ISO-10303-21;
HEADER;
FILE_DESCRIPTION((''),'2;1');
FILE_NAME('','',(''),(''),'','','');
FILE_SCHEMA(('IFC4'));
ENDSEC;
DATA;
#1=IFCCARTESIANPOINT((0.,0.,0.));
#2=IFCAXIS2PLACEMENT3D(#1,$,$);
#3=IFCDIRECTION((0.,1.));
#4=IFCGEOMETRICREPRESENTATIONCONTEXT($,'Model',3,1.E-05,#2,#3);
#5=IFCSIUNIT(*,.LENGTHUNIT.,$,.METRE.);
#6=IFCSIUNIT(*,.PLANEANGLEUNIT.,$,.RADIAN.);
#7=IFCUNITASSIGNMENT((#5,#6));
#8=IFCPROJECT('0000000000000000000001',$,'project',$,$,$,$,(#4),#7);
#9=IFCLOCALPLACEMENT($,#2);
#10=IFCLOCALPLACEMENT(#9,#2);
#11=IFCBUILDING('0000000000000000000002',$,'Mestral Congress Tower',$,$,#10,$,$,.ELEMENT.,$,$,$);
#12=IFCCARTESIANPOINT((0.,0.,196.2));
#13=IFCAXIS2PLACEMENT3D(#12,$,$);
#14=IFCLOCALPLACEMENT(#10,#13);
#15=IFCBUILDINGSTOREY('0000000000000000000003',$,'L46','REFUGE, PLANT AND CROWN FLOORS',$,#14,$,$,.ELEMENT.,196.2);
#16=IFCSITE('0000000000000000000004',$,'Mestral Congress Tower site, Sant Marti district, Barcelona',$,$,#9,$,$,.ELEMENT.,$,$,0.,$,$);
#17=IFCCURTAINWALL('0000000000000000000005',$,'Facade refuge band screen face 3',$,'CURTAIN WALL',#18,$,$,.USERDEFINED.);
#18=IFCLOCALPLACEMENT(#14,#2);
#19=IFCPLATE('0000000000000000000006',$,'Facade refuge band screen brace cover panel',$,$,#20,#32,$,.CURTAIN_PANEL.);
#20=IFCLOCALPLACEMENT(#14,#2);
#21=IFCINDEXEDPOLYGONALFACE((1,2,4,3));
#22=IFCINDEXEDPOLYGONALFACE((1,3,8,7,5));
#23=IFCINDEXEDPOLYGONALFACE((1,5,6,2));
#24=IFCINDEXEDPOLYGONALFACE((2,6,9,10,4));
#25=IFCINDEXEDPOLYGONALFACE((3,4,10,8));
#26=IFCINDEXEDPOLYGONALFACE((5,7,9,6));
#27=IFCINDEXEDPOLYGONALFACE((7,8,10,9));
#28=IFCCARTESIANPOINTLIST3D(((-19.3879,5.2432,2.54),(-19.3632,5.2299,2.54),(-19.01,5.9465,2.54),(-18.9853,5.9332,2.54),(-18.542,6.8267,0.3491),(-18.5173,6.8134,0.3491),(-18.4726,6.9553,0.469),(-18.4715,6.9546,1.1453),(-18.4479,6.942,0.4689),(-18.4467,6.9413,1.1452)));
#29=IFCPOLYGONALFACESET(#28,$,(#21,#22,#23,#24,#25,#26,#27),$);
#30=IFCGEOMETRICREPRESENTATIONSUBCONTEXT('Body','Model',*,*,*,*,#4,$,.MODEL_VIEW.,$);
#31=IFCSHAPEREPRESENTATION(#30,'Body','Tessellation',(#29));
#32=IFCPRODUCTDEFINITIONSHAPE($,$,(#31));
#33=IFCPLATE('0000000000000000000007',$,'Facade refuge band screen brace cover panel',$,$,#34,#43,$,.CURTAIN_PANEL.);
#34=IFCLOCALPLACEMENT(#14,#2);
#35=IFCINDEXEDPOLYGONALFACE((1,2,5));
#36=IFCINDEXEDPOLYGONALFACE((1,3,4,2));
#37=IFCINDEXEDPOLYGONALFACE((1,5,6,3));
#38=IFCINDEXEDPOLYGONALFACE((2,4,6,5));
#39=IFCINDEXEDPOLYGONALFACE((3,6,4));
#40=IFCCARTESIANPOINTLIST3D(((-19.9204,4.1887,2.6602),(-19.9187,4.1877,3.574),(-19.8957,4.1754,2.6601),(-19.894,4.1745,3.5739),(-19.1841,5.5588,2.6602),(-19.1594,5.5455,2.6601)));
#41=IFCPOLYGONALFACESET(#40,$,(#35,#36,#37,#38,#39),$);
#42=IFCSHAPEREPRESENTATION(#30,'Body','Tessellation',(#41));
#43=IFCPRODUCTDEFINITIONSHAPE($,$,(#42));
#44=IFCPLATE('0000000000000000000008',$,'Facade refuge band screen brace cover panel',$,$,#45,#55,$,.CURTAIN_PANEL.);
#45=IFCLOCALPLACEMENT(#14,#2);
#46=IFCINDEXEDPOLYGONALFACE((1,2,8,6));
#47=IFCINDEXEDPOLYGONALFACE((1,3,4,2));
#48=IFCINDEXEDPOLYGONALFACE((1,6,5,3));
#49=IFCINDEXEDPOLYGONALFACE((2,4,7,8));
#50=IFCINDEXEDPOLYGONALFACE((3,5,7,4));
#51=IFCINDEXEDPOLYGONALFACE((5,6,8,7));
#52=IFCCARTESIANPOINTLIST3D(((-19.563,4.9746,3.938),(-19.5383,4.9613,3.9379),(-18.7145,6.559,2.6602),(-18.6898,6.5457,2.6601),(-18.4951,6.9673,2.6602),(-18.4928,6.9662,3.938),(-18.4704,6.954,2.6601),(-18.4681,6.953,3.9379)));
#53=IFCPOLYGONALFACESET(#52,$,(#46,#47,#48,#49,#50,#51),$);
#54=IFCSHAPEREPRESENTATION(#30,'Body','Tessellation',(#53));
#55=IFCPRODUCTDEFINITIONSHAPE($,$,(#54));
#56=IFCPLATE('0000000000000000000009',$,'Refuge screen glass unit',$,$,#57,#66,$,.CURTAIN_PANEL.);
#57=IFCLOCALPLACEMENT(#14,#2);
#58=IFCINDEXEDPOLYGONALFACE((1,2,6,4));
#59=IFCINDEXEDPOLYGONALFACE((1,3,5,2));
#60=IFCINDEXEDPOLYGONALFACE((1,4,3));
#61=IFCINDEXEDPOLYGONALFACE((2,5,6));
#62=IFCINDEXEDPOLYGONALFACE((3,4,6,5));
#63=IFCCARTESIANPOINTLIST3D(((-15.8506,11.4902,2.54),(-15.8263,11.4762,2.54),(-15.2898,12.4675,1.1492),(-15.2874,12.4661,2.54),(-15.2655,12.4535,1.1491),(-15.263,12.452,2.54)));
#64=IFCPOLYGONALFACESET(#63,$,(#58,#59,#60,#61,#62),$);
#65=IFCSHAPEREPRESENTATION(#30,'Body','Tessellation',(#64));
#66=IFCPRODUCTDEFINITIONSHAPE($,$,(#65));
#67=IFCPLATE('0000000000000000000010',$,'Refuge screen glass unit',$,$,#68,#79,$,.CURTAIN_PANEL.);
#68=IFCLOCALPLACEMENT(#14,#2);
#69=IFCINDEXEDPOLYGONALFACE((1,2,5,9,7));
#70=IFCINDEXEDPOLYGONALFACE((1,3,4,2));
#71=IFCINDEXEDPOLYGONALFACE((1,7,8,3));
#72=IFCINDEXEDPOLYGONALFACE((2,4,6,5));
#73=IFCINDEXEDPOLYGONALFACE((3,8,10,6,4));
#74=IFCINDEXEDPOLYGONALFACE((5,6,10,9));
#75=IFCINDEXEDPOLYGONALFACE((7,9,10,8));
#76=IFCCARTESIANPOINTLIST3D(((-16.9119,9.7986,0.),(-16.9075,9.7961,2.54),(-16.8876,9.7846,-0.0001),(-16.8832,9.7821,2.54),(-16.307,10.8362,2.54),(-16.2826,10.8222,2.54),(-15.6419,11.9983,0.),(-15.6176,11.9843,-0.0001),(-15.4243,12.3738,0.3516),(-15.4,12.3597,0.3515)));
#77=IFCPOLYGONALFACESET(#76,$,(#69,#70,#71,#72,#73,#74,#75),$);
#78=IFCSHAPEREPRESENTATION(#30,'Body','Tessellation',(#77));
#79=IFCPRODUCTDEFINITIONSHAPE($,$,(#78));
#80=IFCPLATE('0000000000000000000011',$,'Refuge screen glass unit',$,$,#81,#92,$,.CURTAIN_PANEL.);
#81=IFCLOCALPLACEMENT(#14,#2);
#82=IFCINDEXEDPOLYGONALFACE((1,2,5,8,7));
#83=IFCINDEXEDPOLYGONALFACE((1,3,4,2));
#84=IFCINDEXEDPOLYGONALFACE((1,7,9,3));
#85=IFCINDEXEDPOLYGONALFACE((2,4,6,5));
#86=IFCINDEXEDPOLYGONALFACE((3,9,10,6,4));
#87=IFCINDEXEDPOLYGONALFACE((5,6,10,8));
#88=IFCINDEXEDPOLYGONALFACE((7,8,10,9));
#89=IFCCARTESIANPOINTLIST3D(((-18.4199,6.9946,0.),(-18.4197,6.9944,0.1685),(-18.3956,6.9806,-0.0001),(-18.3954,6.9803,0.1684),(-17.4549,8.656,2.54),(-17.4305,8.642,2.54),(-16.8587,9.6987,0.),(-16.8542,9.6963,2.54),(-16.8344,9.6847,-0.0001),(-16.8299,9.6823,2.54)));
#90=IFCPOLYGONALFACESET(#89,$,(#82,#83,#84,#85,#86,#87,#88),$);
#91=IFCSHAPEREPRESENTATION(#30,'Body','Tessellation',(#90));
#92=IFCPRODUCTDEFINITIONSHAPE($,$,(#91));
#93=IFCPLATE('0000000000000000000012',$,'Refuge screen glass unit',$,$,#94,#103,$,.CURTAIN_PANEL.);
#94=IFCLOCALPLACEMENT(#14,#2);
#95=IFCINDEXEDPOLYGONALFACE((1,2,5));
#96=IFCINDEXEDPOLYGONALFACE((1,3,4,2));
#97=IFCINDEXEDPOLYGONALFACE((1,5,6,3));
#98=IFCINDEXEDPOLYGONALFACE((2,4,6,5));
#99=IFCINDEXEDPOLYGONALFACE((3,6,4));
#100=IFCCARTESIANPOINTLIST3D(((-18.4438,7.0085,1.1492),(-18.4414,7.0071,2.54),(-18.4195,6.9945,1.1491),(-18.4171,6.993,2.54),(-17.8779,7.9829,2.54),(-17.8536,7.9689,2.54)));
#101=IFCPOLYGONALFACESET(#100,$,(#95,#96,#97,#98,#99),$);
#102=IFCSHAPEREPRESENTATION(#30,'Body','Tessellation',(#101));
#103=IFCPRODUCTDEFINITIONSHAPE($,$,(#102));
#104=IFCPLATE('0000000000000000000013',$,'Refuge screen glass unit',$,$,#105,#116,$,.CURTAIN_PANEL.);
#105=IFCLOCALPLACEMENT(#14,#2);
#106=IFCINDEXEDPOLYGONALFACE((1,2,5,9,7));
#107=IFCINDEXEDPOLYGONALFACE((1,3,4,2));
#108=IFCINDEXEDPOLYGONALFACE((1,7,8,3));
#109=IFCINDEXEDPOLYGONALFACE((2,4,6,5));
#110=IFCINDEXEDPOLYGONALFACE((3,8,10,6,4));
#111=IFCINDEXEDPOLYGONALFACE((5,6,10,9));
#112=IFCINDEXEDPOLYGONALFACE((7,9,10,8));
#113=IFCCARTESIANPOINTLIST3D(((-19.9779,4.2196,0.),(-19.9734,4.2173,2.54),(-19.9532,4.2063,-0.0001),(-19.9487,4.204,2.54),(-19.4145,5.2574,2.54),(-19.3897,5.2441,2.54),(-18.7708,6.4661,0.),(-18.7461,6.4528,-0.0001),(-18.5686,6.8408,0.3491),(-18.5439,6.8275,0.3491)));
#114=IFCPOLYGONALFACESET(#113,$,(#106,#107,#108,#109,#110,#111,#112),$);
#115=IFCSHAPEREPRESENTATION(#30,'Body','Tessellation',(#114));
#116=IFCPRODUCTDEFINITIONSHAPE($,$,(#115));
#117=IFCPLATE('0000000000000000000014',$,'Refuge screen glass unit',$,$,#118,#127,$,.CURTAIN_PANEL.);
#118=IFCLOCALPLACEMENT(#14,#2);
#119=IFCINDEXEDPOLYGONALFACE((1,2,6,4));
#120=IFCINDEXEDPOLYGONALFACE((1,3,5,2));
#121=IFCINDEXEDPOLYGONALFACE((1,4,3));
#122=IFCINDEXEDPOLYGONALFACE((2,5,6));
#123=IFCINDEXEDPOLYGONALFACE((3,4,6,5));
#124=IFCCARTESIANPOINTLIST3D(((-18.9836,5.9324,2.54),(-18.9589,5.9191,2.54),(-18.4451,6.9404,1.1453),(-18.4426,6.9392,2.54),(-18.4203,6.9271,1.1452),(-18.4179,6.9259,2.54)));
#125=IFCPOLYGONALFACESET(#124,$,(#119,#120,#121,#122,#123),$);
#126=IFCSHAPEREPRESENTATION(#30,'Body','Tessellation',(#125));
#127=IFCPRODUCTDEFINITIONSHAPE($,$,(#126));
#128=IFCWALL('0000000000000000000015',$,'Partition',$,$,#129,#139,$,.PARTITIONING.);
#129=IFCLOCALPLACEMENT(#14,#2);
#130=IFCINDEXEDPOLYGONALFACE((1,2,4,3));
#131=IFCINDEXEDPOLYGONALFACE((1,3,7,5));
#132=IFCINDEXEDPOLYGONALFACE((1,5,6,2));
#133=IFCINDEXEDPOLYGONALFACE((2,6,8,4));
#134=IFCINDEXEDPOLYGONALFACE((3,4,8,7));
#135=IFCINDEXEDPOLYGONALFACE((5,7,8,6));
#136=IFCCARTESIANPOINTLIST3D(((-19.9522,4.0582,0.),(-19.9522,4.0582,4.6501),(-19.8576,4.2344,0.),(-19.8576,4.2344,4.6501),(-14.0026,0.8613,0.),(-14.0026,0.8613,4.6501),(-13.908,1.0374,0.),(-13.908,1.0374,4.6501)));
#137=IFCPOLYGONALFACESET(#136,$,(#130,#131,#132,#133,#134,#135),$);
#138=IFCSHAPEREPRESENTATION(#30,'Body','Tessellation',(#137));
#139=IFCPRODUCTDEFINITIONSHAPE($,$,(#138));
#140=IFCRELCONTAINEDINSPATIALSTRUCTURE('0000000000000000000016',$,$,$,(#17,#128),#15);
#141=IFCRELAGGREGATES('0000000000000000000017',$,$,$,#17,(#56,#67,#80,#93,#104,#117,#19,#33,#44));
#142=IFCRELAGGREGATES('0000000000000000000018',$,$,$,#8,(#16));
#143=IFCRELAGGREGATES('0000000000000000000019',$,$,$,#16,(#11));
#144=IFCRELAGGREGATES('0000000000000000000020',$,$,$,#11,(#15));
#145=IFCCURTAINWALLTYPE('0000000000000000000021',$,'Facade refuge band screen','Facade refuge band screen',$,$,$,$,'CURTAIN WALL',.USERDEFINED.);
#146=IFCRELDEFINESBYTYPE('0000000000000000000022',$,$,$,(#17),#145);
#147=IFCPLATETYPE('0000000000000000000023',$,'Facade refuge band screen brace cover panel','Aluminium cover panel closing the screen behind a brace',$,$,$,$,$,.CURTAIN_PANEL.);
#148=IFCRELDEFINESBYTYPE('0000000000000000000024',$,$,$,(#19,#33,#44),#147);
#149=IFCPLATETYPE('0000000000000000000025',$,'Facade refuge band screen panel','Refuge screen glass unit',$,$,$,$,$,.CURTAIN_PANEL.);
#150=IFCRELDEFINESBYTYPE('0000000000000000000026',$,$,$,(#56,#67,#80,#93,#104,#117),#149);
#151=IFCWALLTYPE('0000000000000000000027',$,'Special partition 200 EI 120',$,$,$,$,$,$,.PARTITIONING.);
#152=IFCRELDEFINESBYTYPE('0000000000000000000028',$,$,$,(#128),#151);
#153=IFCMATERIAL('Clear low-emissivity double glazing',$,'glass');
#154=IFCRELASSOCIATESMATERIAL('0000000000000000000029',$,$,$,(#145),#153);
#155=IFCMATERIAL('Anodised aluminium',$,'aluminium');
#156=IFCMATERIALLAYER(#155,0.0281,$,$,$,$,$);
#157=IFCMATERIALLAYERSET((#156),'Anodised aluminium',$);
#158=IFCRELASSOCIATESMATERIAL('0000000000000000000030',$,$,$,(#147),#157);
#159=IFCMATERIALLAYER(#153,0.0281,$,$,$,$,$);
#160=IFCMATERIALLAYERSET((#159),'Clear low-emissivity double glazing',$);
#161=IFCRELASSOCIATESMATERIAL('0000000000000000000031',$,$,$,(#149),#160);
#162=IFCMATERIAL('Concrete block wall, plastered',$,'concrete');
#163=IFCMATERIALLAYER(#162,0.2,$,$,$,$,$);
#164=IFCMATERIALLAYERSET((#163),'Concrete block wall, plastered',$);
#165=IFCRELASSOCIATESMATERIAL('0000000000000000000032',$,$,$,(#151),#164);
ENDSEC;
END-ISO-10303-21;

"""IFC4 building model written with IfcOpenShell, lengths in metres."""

from ifc_helpers import new_model, si_unit, direction, frame, frame_2d, origin, place, context, subcontext, project, spatial, polyline, rectangle, outline, extrude, material, layer, layer_set, type_object, element, aggregate, save


model = new_model("IFC4")

# Units and contexts
model_context = context("Model", 3, precision=1e-05, world=origin(), true_north=direction((0.0, 1.0)))
body_context = subcontext(model_context, "Body", "Model", "MODEL_VIEW")
ifc_project = project(units=[si_unit("LENGTHUNIT", "METRE"), si_unit("PLANEANGLEUNIT", "RADIAN")], contexts=[model_context])

# Site, building, storey
site_placement = place(None, origin())
site = spatial("IfcSite", under=ifc_project, at=site_placement, Name="Mestral Congress Tower site, Sant Marti district, Barcelona", CompositionType="ELEMENT", RefElevation=0.0)
building_placement = place(site_placement, origin())
building = spatial("IfcBuilding", under=site, at=building_placement, Name="Mestral Congress Tower", CompositionType="ELEMENT")
storey_placement = place(building_placement, frame((0.0, 0.0, 196.2)))
storey = spatial("IfcBuildingStorey", under=building, at=storey_placement, Name="L46", Description="REFUGE, PLANT AND CROWN FLOORS", CompositionType="ELEMENT", Elevation=196.2)

# Curtain wall
ifc_material_1 = material(Name="Clear low-emissivity double glazing", Category="glass")
curtain_wall_type = type_object("IfcCurtainWallType", Name="Facade refuge band screen", Description="Facade refuge band screen", ElementType="CURTAIN WALL", PredefinedType="USERDEFINED", material=ifc_material_1)
curtain_wall_placement = place(storey_placement, origin())
curtain_wall = element("IfcCurtainWall", 1, at=curtain_wall_placement, inside=storey, type_object=curtain_wall_type, Name="Facade refuge band screen face 3", ObjectType="CURTAIN WALL", PredefinedType="USERDEFINED")
ifc_material_2 = material(Name="Anodised aluminium", Category="aluminium")

# Plates
ifc_layer_1 = layer(ifc_material_2, 0.0281)
ifc_layer_set_1 = layer_set([ifc_layer_1], Name="Anodised aluminium")
plate_type_1 = type_object("IfcPlateType", Name="Facade refuge band screen brace cover panel", Description="Aluminium cover panel closing the screen behind a brace", PredefinedType="CURTAIN_PANEL", material=ifc_layer_set_1)
plate_1_placement = place(storey_placement, frame((-19.3879, 5.2432, 2.54), z_axis=(-0.880886, 0.473325, 0.001982), x_axis=(0.298649, 0.559043, -0.773485)))
plate_1 = element("IfcPlate", 2, at=plate_1_placement, type_object=plate_type_1, Name="Facade refuge band screen brace cover panel", PredefinedType="CURTAIN_PANEL", context=body_context, shape_type="SweptSolid", body=[
    extrude(outline(polyline([(0.0, 0.0), (2.8325, 0.0), (2.8324, -0.189), (2.3093, -0.6176), (0.5061, -0.6176), (0.0, 0.0)])), origin(), (0.0, 0.0, -1.0), 0.0281),
])
plate_2_placement = place(storey_placement, frame((-19.1841, 5.5588, 2.6602), z_axis=(-0.880852, 0.473387, 0.002153), x_axis=(-0.407204, -0.760005, 0.506535)))
plate_2 = element("IfcPlate", 3, at=plate_2_placement, type_object=plate_type_1, Name="Facade refuge band screen brace cover panel", PredefinedType="CURTAIN_PANEL", context=body_context, shape_type="SweptSolid", body=[
    extrude(outline(polyline([(0.0, 0.0), (1.8041, 0.0), (1.3411, -0.7879), (0.0, 0.0)])), origin(), (0.0, 0.0, -1.0), 0.0281),
])
plate_3_placement = place(storey_placement, frame((-18.4951, 6.9673, 2.6602), z_axis=(-0.880883, 0.473329, 0.001973), x_axis=(0.001805, -0.00081, 0.999998)))
plate_3 = element("IfcPlate", 4, at=plate_3_placement, type_object=plate_type_1, Name="Facade refuge band screen brace cover panel", PredefinedType="CURTAIN_PANEL", context=body_context, shape_type="SweptSolid", body=[
    extrude(outline(polyline([(0.0, 0.0), (1.2778, 0.0), (1.2775, -2.261), (-0.0001, -0.4635), (0.0, 0.0)])), origin(), (0.0, 0.0, -1.0), 0.0281),
])
ifc_layer_2 = layer(ifc_material_1, 0.0281)
ifc_layer_set_2 = layer_set([ifc_layer_2], Name="Clear low-emissivity double glazing")
plate_type_2 = type_object("IfcPlateType", Name="Facade refuge band screen panel", Description="Refuge screen glass unit", PredefinedType="CURTAIN_PANEL", material=ifc_layer_set_2)
plate_4_placement = place(storey_placement, frame((-15.2874, 12.4661, 2.54), z_axis=(-0.866086, 0.49989, 0.002047), x_axis=(-0.499891, -0.866088, 0.0)))
plate_4 = element("IfcPlate", 5, at=plate_4_placement, type_object=plate_type_2, Name="Refuge screen glass unit", PredefinedType="CURTAIN_PANEL", context=body_context, shape_type="SweptSolid", body=[
    extrude(outline(polyline([(0.0, 0.0), (1.1267, 0.0), (0.0, -1.3909), (0.0, 0.0)])), origin(), (0.0, 0.0, -1.0), 0.0281),
])
plate_5_placement = place(storey_placement, frame((-16.9075, 9.7961, 2.54), z_axis=(-0.866018, 0.500009, 0.001998), x_axis=(-0.001746, 0.000971, -0.999998)))
plate_5 = element("IfcPlate", 6, at=plate_5_placement, type_object=plate_type_2, Name="Refuge screen glass unit", PredefinedType="CURTAIN_PANEL", context=body_context, shape_type="SweptSolid", body=[
    extrude(outline(polyline([(0.0, 0.0), (2.54, 0.0), (2.54, -2.54), (2.1884, -2.9739), (0.0, -1.201), (0.0, 0.0)])), origin(), (0.0, 0.0, -1.0), 0.0281),
])
plate_6_placement = place(storey_placement, frame((-16.8542, 9.6963, 2.54), z_axis=(-0.866019, 0.500007, 0.00199), x_axis=(-0.500008, -0.866021, 0.0)))
plate_6 = element("IfcPlate", 7, at=plate_6_placement, type_object=plate_type_2, Name="Refuge screen glass unit", PredefinedType="CURTAIN_PANEL", context=body_context, shape_type="SweptSolid", body=[
    extrude(outline(polyline([(0.0, 0.0), (1.2012, 0.0), (3.1226, -2.3716), (3.1225, -2.54), (0.0001, -2.54), (0.0, 0.0)])), origin(), (0.0, 0.0, -1.0), 0.0281),
])
plate_7_placement = place(storey_placement, frame((-18.4414, 7.0071, 2.54), z_axis=(-0.865993, 0.500053, 0.002047), x_axis=(-0.001755, 0.001053, -0.999998)))
plate_7 = element("IfcPlate", 8, at=plate_7_placement, type_object=plate_type_2, Name="Refuge screen glass unit", PredefinedType="CURTAIN_PANEL", context=body_context, shape_type="SweptSolid", body=[
    extrude(outline(polyline([(0.0, 0.0), (1.3909, 0.0), (0.0, -1.1268), (0.0, 0.0)])), origin(), (0.0, 0.0, -1.0), 0.0281),
])
plate_8_placement = place(storey_placement, frame((-19.9734, 4.2173, 2.54), z_axis=(-0.880878, 0.47334, 0.002008), x_axis=(-0.001795, 0.0009, -0.999998)))
plate_8 = element("IfcPlate", 9, at=plate_8_placement, type_object=plate_type_2, Name="Refuge screen glass unit", PredefinedType="CURTAIN_PANEL", context=body_context, shape_type="SweptSolid", body=[
    extrude(outline(polyline([(0.0, 0.0), (2.54, 0.0), (2.5399, -2.5503), (2.1908, -2.9761), (-0.0001, -1.1808), (0.0, 0.0)])), origin(), (0.0, 0.0, -1.0), 0.0281),
])
plate_9_placement = place(storey_placement, frame((-18.4426, 6.9392, 2.54), z_axis=(-0.880881, 0.473334, 0.001956), x_axis=(-0.473335, -0.880882, 0.0)))
plate_9 = element("IfcPlate", 10, at=plate_9_placement, type_object=plate_type_2, Name="Refuge screen glass unit", PredefinedType="CURTAIN_PANEL", context=body_context, shape_type="SweptSolid", body=[
    extrude(outline(polyline([(0.0, 0.0), (1.143, 0.0), (0.0001, -1.3948), (0.0, 0.0)])), origin(), (0.0, 0.0, -1.0), 0.0281),
])
aggregate(curtain_wall, [plate_4, plate_5, plate_6, plate_7, plate_8, plate_9, plate_1, plate_2, plate_3])

# Wall
ifc_material_3 = material(Name="Concrete block wall, plastered", Category="concrete")
ifc_layer_3 = layer(ifc_material_3, 0.2)
ifc_layer_set_3 = layer_set([ifc_layer_3], Name="Concrete block wall, plastered")
wall_type = type_object("IfcWallType", Name="Special partition 200 EI 120", PredefinedType="PARTITIONING", material=ifc_layer_set_3)
wall_placement = place(storey_placement, frame((-19.9048, 4.1462, 0.0), z_axis=(0.0, 0.0, 1.0), x_axis=(0.880883, -0.473334, 0.0)))
element("IfcWall", 11, at=wall_placement, inside=storey, type_object=wall_type, Name="Partition", PredefinedType="PARTITIONING", context=body_context, shape_type="SweptSolid", body=[
    extrude(rectangle(XDim=6.7542, YDim=0.2, at=frame_2d((3.377, 0.0))), origin(), (0.0, 0.0, 1.0), 4.6501),
])

save(model, "model.ifc")
